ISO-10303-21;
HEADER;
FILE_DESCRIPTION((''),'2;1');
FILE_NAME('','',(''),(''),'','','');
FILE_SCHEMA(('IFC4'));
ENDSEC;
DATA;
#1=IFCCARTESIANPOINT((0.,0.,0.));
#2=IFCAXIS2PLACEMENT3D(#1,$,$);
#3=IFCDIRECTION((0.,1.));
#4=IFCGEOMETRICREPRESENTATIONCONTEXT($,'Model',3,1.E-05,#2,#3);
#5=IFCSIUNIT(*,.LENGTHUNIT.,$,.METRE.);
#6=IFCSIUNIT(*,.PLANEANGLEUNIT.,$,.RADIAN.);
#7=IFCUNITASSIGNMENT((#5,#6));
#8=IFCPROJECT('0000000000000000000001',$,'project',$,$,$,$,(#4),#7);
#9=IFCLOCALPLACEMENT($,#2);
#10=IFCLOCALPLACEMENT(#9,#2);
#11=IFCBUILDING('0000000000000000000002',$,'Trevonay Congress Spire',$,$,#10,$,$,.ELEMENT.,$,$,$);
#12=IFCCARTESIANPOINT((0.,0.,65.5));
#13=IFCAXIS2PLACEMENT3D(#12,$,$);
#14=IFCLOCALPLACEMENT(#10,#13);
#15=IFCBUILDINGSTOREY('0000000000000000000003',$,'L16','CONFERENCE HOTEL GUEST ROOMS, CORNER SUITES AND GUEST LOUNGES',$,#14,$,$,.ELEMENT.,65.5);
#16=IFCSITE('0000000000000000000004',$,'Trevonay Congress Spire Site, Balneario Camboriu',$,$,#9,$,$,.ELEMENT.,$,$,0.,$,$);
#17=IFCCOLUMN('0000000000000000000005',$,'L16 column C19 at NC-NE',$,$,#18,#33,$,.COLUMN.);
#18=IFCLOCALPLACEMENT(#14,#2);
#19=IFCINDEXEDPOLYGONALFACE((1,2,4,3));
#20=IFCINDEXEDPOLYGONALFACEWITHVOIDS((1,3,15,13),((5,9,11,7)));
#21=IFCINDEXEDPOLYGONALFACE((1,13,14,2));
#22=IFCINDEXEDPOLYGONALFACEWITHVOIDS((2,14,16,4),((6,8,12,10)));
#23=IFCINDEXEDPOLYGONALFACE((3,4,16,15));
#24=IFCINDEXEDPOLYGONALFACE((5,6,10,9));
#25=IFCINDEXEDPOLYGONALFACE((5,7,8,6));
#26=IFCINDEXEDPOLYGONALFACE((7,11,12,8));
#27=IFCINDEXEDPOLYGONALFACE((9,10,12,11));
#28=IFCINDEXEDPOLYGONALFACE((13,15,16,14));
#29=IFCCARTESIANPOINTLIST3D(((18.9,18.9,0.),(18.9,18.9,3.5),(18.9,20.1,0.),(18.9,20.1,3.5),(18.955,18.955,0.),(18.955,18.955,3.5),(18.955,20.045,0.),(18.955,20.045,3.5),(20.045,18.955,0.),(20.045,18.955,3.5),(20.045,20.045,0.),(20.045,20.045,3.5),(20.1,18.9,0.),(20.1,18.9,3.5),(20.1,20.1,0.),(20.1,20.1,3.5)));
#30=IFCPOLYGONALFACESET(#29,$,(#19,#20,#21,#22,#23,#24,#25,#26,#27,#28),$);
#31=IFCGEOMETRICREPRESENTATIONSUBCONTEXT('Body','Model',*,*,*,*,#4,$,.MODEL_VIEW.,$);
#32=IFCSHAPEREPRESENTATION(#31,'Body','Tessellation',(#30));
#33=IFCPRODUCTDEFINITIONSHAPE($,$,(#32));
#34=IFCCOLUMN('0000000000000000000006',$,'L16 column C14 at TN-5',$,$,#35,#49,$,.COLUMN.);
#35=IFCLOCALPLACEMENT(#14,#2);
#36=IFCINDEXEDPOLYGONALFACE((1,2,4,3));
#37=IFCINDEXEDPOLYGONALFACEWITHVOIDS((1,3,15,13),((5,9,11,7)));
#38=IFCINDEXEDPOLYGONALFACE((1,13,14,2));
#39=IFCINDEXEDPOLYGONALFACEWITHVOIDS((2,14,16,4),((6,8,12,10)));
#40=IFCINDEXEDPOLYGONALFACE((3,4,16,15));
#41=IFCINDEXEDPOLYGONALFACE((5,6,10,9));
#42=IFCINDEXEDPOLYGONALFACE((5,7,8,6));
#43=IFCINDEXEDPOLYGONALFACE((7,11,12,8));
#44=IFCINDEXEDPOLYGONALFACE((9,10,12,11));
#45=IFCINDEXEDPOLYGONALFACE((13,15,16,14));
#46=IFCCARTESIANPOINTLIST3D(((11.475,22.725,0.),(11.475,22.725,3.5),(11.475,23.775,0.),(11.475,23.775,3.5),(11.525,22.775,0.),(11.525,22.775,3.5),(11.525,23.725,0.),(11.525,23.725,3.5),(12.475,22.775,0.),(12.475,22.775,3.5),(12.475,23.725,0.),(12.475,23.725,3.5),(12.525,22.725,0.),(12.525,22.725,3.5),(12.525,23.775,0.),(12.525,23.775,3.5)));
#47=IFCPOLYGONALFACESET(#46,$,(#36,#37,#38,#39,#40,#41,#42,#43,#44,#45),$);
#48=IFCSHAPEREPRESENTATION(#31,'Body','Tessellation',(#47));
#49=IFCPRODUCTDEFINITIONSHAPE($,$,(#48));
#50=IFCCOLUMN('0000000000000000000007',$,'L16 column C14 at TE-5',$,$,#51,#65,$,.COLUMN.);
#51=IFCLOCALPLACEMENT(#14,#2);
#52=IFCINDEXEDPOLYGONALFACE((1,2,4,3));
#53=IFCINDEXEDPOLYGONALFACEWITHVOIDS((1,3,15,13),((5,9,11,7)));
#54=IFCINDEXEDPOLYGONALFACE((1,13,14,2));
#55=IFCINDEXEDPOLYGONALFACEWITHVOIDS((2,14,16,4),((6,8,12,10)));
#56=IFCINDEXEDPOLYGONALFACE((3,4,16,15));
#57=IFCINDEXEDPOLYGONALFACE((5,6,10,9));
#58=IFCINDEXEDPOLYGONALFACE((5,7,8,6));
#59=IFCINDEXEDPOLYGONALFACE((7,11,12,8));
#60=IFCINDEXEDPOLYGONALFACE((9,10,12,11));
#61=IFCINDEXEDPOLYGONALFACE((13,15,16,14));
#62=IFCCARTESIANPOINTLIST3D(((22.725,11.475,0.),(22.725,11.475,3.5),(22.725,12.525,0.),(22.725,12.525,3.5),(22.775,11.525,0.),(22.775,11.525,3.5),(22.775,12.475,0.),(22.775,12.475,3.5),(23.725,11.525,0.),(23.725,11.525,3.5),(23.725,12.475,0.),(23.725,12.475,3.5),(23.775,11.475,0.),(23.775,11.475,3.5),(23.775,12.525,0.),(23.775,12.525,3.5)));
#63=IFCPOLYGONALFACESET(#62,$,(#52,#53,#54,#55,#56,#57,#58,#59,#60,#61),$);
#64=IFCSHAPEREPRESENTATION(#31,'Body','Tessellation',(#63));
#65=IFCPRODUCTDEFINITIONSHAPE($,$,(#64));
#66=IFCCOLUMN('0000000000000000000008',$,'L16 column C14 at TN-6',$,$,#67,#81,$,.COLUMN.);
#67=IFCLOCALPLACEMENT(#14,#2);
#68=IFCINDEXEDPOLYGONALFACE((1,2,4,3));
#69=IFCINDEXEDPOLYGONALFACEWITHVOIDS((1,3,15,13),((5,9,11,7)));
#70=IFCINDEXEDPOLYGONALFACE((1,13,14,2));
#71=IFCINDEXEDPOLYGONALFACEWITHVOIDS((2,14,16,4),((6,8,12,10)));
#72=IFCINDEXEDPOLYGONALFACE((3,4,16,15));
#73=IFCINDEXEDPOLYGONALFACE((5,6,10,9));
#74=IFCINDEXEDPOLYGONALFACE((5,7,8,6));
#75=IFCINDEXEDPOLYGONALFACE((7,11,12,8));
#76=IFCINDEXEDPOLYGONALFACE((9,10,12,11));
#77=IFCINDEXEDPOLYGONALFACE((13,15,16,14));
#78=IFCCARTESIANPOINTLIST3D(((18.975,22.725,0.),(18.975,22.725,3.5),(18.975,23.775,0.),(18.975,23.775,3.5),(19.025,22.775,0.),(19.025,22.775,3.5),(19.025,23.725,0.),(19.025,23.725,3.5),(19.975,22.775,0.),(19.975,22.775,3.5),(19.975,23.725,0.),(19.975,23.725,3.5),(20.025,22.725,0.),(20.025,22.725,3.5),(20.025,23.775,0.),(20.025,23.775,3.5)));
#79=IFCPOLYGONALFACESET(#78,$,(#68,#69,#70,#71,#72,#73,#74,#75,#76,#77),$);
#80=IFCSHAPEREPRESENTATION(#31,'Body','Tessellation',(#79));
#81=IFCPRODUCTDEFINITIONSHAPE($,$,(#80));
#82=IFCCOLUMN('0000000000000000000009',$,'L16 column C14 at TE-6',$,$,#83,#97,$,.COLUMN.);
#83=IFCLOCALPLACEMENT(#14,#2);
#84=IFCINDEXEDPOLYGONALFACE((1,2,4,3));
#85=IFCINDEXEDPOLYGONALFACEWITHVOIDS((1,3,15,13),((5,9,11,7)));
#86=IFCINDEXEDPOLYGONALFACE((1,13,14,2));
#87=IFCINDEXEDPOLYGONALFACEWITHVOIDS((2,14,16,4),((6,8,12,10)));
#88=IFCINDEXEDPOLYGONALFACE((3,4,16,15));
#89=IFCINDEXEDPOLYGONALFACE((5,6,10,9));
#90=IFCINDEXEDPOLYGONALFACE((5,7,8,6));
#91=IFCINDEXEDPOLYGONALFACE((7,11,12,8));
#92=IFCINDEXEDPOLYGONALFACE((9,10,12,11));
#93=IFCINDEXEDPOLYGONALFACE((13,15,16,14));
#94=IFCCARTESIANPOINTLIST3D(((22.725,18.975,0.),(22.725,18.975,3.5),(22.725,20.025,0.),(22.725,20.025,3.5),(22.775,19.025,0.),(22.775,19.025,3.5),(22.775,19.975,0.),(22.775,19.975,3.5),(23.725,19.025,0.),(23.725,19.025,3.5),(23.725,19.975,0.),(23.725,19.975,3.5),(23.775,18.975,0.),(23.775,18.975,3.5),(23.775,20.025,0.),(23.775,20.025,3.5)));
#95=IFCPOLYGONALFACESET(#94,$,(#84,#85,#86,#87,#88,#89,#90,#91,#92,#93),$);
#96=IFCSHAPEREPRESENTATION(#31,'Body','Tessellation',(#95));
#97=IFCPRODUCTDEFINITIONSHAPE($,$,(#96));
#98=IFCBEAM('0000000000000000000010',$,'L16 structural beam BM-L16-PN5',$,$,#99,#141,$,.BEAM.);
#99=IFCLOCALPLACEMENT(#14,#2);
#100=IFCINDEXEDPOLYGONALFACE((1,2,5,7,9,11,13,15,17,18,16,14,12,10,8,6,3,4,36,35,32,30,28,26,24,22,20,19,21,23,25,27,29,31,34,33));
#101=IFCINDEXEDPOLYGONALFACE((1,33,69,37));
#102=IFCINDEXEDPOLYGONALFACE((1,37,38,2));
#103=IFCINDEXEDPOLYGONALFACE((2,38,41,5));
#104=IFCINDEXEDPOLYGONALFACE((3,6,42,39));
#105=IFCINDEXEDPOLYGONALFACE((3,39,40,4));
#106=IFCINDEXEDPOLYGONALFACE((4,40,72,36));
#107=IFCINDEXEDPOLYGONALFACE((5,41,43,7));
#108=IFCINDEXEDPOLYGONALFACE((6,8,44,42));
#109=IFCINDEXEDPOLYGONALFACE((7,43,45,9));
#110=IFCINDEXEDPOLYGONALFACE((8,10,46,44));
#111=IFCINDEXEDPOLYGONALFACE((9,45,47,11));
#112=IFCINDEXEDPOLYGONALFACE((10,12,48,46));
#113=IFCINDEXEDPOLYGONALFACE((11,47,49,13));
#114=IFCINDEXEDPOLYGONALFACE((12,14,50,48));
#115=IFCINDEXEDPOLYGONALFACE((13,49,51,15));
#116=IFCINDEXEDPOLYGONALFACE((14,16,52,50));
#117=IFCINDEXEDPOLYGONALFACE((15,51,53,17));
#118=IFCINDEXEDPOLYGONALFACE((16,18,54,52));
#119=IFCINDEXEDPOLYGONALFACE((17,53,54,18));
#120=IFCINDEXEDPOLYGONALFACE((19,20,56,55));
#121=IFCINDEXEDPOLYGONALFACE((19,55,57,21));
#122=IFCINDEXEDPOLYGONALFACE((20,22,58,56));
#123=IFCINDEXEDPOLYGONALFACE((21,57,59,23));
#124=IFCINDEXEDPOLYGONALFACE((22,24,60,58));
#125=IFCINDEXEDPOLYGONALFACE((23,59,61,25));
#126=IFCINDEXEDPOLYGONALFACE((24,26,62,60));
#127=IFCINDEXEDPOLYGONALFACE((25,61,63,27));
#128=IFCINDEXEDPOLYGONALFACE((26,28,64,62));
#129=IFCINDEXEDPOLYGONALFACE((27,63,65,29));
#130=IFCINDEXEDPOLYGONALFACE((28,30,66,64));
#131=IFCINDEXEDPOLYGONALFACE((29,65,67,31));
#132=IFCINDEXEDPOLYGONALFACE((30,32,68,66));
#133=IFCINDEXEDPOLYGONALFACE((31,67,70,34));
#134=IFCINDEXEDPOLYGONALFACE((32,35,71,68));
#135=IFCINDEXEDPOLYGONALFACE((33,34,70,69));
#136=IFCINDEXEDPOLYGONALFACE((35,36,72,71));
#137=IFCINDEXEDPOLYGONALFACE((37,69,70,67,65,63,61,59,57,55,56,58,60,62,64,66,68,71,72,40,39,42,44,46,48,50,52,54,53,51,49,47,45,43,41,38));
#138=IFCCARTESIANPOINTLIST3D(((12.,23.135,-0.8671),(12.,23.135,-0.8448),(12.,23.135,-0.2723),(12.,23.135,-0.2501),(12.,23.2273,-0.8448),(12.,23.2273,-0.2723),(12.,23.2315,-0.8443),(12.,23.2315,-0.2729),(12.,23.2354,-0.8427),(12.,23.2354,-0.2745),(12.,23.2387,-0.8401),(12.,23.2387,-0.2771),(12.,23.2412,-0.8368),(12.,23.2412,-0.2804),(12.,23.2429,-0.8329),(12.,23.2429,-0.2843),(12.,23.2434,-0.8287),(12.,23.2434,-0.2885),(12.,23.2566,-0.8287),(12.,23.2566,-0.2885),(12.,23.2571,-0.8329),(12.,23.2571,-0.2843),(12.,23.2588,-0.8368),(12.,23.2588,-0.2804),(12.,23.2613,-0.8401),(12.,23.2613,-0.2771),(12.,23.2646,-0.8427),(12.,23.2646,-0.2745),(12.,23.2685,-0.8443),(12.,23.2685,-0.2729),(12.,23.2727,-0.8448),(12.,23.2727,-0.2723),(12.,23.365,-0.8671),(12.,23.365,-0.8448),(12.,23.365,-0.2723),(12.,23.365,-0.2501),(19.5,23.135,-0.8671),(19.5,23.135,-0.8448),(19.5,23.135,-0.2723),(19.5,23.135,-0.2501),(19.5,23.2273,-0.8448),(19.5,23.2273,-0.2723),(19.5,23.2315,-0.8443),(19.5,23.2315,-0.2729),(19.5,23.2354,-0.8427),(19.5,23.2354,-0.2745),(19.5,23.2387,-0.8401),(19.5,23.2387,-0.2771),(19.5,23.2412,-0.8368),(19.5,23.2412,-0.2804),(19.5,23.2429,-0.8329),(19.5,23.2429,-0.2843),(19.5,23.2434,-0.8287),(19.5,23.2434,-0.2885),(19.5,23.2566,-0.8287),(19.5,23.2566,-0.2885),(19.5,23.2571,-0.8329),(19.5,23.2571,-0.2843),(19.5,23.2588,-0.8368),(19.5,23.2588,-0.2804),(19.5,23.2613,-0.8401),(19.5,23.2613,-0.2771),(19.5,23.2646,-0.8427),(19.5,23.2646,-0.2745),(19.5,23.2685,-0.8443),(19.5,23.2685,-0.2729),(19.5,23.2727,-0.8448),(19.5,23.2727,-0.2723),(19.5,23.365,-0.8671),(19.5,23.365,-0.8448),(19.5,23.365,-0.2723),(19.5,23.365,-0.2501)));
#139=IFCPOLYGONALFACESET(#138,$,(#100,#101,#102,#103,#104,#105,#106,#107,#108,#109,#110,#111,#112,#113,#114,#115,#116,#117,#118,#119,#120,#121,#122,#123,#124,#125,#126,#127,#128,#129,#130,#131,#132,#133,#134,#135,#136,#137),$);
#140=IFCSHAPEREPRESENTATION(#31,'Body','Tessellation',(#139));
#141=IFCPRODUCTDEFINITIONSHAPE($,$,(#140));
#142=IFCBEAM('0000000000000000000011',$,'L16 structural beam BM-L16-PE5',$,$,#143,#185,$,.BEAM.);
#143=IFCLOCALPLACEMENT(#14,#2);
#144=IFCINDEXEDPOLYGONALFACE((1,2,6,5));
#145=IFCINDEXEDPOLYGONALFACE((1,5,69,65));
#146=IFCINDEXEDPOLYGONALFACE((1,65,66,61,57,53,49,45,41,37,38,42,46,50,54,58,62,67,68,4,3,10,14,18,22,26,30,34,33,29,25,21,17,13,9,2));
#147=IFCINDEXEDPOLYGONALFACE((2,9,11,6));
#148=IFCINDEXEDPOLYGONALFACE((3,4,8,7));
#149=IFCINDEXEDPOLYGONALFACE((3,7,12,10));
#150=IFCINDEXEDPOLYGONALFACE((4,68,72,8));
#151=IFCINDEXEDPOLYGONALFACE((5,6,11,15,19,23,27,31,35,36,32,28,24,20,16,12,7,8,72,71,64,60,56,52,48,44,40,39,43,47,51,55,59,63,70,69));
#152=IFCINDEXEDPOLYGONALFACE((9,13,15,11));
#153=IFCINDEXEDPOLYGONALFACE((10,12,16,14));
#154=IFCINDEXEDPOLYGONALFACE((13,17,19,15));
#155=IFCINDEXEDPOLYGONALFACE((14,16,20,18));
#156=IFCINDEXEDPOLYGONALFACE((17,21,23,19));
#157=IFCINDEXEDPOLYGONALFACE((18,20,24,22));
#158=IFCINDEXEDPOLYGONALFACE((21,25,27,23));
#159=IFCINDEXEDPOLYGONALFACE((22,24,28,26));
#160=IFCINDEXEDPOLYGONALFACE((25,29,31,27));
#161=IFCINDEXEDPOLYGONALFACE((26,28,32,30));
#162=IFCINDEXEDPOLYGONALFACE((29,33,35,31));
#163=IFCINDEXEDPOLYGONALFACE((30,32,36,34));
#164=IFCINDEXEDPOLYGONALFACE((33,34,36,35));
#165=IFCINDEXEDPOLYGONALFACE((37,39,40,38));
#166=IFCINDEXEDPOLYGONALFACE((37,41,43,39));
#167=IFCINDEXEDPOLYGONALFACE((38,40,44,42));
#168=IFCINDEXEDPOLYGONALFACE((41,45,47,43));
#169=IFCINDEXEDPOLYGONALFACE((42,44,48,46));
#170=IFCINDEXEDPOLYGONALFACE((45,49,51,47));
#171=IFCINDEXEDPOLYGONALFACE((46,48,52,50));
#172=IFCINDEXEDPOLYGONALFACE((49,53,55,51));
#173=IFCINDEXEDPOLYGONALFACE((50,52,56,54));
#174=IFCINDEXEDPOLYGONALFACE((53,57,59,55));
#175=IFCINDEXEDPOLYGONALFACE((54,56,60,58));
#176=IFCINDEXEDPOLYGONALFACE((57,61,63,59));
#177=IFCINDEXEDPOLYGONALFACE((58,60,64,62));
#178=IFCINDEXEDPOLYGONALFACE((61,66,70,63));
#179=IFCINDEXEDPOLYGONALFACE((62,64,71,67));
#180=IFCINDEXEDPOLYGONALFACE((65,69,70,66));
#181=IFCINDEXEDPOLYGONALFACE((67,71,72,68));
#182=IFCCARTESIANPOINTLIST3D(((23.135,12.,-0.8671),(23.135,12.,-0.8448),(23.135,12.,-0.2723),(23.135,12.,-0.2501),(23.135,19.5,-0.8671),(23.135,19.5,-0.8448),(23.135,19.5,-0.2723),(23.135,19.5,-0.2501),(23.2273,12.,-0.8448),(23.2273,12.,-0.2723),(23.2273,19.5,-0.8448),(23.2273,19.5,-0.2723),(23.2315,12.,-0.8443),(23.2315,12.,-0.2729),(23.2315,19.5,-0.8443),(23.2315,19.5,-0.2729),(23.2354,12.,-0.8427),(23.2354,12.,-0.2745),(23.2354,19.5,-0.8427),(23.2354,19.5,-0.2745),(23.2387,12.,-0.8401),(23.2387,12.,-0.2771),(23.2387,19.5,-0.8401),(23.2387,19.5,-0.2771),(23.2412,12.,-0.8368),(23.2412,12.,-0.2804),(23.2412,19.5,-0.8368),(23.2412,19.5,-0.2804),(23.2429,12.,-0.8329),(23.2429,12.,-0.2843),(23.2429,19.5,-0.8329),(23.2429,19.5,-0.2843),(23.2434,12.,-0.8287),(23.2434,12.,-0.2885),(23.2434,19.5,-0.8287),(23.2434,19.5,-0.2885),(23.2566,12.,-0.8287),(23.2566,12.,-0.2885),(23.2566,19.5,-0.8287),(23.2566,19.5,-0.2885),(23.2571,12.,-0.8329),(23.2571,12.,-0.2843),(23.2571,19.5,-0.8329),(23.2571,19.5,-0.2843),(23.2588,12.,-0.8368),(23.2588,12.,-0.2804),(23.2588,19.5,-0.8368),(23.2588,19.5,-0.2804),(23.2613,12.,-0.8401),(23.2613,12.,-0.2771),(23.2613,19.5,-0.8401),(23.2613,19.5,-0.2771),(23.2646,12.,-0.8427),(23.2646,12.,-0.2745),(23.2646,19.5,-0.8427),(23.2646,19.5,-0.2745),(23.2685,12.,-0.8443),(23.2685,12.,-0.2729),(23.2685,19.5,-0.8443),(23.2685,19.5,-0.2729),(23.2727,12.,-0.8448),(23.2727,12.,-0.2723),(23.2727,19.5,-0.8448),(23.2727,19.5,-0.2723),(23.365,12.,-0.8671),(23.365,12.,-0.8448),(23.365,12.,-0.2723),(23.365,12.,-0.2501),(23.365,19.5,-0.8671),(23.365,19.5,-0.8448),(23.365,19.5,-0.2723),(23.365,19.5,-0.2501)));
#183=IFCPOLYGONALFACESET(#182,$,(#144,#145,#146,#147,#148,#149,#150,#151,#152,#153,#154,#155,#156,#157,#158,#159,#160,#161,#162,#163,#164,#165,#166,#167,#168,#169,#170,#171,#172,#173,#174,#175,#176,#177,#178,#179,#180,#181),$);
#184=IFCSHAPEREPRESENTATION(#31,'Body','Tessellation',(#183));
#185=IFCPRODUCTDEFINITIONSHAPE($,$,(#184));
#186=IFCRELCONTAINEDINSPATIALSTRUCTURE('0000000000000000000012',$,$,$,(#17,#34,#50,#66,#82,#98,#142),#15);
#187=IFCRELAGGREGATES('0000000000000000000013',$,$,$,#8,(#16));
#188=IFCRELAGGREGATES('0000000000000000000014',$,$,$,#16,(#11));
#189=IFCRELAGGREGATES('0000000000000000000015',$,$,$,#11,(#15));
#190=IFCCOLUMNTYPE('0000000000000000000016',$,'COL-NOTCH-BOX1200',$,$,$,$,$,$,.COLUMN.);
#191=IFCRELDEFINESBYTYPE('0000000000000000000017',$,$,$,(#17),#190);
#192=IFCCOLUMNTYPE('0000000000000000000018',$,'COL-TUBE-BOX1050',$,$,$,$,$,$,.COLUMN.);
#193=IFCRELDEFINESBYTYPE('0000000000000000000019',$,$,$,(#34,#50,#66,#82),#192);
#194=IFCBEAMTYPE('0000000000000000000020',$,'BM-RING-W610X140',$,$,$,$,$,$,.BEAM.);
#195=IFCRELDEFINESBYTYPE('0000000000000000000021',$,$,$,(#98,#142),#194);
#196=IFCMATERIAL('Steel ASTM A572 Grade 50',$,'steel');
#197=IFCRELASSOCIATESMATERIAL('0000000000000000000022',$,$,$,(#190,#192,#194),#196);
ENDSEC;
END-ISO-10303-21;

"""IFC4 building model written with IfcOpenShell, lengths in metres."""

from ifc_helpers import new_model, si_unit, direction, frame, origin, origin_2d, place, context, subcontext, project, spatial, hollow_rectangle, i_section, extrude, material, material_profile, profile_set, type_object, element, save


model = new_model("IFC4")

# Units and contexts
model_context = context("Model", 3, precision=1e-05, world=origin(), true_north=direction((0.0, 1.0)))
body_context = subcontext(model_context, "Body", "Model", "MODEL_VIEW")
ifc_project = project(units=[si_unit("LENGTHUNIT", "METRE"), si_unit("PLANEANGLEUNIT", "RADIAN")], contexts=[model_context])

# Site, building, storey
site_placement = place(None, origin())
site = spatial("IfcSite", under=ifc_project, at=site_placement, Name="Trevonay Congress Spire Site, Balneario Camboriu", CompositionType="ELEMENT", RefElevation=0.0)
building_placement = place(site_placement, origin())
building = spatial("IfcBuilding", under=site, at=building_placement, Name="Trevonay Congress Spire", CompositionType="ELEMENT")
storey_placement = place(building_placement, frame((0.0, 0.0, 65.5)))
storey = spatial("IfcBuildingStorey", under=building, at=storey_placement, Name="L16", Description="CONFERENCE HOTEL GUEST ROOMS, CORNER SUITES AND GUEST LOUNGES", CompositionType="ELEMENT", Elevation=65.5)

# Columns
ifc_material_1 = material(Name="Steel ASTM A572 Grade 50", Category="steel")
ifc_material_profile_1 = material_profile(ifc_material_1, hollow_rectangle(XDim=1.2, YDim=1.2, WallThickness=0.0549, at=origin_2d()), Name="BOX 1200x1200x55")
ifc_profile_set_1 = profile_set([ifc_material_profile_1], Name="Steel ASTM A572 Grade 50")
column_type_1 = type_object("IfcColumnType", Name="COL-NOTCH-BOX1200", PredefinedType="COLUMN", material=ifc_profile_set_1)
column_placement = place(storey_placement, frame((19.5, 19.5, 0.0), z_axis=(0.0, 0.0, 1.0), x_axis=(1.0, 0.0, 0.0)))
element("IfcColumn", 1, at=column_placement, inside=storey, type_object=column_type_1, Name="L16 column C19 at NC-NE", PredefinedType="COLUMN", context=body_context, shape_type="SweptSolid", body=[
    extrude(hollow_rectangle(XDim=1.2, YDim=1.2, WallThickness=0.0549, at=origin_2d()), origin(), (0.0, 0.0, 1.0), 3.5),
])
ifc_material_profile_2 = material_profile(ifc_material_1, hollow_rectangle(XDim=1.05, YDim=1.05, WallThickness=0.05, at=origin_2d()), Name="BOX 1050x1050x50")
ifc_profile_set_2 = profile_set([ifc_material_profile_2], Name="Steel ASTM A572 Grade 50")
column_type_2 = type_object("IfcColumnType", Name="COL-TUBE-BOX1050", PredefinedType="COLUMN", material=ifc_profile_set_2)
for number, where, z_axis, x_axis, name in (
    (2, (12.0, 23.25, 0.0), (0.0, 0.0, 1.0), (1.0, 0.0, 0.0), "L16 column C14 at TN-5"),
    (3, (23.25, 12.0, 0.0), (0.0, 0.0, 1.0), (1.0, 0.0, 0.0), "L16 column C14 at TE-5"),
    (4, (19.5, 23.25, 0.0), (0.0, 0.0, 1.0), (1.0, 0.0, 0.0), "L16 column C14 at TN-6"),
    (5, (23.25, 19.5, 0.0), (0.0, 0.0, 1.0), (1.0, 0.0, 0.0), "L16 column C14 at TE-6"),
):
    element("IfcColumn", number, at=place(storey_placement, frame(where, z_axis=z_axis, x_axis=x_axis)), inside=storey, type_object=column_type_2, Name=name, PredefinedType="COLUMN", context=body_context, shape_type="SweptSolid", body=[
        extrude(hollow_rectangle(XDim=1.05, YDim=1.05, WallThickness=0.05, at=origin_2d()), origin(), (0.0, 0.0, 1.0), 3.5),
    ])

# Beams
ifc_material_profile_3 = material_profile(ifc_material_1, i_section(OverallWidth=0.23, OverallDepth=0.6169, WebThickness=0.0132, FlangeThickness=0.0222, FilletRadius=0.0161, at=origin_2d()), Name="W610x140")
ifc_profile_set_3 = profile_set([ifc_material_profile_3], Name="Steel ASTM A572 Grade 50")
beam_type = type_object("IfcBeamType", Name="BM-RING-W610X140", PredefinedType="BEAM", material=ifc_profile_set_3)
for number, where, z_axis, x_axis, name in (
    (6, (12.0, 23.25, -0.5586), (1.0, 0.0, 0.0), (0.0, 1.0, 0.0), "L16 structural beam BM-L16-PN5"),
    (7, (23.25, 12.0, -0.5586), (0.0, 1.0, 0.0), (-1.0, 0.0, 0.0), "L16 structural beam BM-L16-PE5"),
):
    element("IfcBeam", number, at=place(storey_placement, frame(where, z_axis=z_axis, x_axis=x_axis)), inside=storey, type_object=beam_type, Name=name, PredefinedType="BEAM", context=body_context, shape_type="SweptSolid", body=[
        extrude(i_section(OverallWidth=0.23, OverallDepth=0.6169, WebThickness=0.0132, FlangeThickness=0.0222, FilletRadius=0.0161, at=origin_2d()), origin(), (0.0, 0.0, 1.0), 7.5),
    ])

save(model, "model.ifc")
